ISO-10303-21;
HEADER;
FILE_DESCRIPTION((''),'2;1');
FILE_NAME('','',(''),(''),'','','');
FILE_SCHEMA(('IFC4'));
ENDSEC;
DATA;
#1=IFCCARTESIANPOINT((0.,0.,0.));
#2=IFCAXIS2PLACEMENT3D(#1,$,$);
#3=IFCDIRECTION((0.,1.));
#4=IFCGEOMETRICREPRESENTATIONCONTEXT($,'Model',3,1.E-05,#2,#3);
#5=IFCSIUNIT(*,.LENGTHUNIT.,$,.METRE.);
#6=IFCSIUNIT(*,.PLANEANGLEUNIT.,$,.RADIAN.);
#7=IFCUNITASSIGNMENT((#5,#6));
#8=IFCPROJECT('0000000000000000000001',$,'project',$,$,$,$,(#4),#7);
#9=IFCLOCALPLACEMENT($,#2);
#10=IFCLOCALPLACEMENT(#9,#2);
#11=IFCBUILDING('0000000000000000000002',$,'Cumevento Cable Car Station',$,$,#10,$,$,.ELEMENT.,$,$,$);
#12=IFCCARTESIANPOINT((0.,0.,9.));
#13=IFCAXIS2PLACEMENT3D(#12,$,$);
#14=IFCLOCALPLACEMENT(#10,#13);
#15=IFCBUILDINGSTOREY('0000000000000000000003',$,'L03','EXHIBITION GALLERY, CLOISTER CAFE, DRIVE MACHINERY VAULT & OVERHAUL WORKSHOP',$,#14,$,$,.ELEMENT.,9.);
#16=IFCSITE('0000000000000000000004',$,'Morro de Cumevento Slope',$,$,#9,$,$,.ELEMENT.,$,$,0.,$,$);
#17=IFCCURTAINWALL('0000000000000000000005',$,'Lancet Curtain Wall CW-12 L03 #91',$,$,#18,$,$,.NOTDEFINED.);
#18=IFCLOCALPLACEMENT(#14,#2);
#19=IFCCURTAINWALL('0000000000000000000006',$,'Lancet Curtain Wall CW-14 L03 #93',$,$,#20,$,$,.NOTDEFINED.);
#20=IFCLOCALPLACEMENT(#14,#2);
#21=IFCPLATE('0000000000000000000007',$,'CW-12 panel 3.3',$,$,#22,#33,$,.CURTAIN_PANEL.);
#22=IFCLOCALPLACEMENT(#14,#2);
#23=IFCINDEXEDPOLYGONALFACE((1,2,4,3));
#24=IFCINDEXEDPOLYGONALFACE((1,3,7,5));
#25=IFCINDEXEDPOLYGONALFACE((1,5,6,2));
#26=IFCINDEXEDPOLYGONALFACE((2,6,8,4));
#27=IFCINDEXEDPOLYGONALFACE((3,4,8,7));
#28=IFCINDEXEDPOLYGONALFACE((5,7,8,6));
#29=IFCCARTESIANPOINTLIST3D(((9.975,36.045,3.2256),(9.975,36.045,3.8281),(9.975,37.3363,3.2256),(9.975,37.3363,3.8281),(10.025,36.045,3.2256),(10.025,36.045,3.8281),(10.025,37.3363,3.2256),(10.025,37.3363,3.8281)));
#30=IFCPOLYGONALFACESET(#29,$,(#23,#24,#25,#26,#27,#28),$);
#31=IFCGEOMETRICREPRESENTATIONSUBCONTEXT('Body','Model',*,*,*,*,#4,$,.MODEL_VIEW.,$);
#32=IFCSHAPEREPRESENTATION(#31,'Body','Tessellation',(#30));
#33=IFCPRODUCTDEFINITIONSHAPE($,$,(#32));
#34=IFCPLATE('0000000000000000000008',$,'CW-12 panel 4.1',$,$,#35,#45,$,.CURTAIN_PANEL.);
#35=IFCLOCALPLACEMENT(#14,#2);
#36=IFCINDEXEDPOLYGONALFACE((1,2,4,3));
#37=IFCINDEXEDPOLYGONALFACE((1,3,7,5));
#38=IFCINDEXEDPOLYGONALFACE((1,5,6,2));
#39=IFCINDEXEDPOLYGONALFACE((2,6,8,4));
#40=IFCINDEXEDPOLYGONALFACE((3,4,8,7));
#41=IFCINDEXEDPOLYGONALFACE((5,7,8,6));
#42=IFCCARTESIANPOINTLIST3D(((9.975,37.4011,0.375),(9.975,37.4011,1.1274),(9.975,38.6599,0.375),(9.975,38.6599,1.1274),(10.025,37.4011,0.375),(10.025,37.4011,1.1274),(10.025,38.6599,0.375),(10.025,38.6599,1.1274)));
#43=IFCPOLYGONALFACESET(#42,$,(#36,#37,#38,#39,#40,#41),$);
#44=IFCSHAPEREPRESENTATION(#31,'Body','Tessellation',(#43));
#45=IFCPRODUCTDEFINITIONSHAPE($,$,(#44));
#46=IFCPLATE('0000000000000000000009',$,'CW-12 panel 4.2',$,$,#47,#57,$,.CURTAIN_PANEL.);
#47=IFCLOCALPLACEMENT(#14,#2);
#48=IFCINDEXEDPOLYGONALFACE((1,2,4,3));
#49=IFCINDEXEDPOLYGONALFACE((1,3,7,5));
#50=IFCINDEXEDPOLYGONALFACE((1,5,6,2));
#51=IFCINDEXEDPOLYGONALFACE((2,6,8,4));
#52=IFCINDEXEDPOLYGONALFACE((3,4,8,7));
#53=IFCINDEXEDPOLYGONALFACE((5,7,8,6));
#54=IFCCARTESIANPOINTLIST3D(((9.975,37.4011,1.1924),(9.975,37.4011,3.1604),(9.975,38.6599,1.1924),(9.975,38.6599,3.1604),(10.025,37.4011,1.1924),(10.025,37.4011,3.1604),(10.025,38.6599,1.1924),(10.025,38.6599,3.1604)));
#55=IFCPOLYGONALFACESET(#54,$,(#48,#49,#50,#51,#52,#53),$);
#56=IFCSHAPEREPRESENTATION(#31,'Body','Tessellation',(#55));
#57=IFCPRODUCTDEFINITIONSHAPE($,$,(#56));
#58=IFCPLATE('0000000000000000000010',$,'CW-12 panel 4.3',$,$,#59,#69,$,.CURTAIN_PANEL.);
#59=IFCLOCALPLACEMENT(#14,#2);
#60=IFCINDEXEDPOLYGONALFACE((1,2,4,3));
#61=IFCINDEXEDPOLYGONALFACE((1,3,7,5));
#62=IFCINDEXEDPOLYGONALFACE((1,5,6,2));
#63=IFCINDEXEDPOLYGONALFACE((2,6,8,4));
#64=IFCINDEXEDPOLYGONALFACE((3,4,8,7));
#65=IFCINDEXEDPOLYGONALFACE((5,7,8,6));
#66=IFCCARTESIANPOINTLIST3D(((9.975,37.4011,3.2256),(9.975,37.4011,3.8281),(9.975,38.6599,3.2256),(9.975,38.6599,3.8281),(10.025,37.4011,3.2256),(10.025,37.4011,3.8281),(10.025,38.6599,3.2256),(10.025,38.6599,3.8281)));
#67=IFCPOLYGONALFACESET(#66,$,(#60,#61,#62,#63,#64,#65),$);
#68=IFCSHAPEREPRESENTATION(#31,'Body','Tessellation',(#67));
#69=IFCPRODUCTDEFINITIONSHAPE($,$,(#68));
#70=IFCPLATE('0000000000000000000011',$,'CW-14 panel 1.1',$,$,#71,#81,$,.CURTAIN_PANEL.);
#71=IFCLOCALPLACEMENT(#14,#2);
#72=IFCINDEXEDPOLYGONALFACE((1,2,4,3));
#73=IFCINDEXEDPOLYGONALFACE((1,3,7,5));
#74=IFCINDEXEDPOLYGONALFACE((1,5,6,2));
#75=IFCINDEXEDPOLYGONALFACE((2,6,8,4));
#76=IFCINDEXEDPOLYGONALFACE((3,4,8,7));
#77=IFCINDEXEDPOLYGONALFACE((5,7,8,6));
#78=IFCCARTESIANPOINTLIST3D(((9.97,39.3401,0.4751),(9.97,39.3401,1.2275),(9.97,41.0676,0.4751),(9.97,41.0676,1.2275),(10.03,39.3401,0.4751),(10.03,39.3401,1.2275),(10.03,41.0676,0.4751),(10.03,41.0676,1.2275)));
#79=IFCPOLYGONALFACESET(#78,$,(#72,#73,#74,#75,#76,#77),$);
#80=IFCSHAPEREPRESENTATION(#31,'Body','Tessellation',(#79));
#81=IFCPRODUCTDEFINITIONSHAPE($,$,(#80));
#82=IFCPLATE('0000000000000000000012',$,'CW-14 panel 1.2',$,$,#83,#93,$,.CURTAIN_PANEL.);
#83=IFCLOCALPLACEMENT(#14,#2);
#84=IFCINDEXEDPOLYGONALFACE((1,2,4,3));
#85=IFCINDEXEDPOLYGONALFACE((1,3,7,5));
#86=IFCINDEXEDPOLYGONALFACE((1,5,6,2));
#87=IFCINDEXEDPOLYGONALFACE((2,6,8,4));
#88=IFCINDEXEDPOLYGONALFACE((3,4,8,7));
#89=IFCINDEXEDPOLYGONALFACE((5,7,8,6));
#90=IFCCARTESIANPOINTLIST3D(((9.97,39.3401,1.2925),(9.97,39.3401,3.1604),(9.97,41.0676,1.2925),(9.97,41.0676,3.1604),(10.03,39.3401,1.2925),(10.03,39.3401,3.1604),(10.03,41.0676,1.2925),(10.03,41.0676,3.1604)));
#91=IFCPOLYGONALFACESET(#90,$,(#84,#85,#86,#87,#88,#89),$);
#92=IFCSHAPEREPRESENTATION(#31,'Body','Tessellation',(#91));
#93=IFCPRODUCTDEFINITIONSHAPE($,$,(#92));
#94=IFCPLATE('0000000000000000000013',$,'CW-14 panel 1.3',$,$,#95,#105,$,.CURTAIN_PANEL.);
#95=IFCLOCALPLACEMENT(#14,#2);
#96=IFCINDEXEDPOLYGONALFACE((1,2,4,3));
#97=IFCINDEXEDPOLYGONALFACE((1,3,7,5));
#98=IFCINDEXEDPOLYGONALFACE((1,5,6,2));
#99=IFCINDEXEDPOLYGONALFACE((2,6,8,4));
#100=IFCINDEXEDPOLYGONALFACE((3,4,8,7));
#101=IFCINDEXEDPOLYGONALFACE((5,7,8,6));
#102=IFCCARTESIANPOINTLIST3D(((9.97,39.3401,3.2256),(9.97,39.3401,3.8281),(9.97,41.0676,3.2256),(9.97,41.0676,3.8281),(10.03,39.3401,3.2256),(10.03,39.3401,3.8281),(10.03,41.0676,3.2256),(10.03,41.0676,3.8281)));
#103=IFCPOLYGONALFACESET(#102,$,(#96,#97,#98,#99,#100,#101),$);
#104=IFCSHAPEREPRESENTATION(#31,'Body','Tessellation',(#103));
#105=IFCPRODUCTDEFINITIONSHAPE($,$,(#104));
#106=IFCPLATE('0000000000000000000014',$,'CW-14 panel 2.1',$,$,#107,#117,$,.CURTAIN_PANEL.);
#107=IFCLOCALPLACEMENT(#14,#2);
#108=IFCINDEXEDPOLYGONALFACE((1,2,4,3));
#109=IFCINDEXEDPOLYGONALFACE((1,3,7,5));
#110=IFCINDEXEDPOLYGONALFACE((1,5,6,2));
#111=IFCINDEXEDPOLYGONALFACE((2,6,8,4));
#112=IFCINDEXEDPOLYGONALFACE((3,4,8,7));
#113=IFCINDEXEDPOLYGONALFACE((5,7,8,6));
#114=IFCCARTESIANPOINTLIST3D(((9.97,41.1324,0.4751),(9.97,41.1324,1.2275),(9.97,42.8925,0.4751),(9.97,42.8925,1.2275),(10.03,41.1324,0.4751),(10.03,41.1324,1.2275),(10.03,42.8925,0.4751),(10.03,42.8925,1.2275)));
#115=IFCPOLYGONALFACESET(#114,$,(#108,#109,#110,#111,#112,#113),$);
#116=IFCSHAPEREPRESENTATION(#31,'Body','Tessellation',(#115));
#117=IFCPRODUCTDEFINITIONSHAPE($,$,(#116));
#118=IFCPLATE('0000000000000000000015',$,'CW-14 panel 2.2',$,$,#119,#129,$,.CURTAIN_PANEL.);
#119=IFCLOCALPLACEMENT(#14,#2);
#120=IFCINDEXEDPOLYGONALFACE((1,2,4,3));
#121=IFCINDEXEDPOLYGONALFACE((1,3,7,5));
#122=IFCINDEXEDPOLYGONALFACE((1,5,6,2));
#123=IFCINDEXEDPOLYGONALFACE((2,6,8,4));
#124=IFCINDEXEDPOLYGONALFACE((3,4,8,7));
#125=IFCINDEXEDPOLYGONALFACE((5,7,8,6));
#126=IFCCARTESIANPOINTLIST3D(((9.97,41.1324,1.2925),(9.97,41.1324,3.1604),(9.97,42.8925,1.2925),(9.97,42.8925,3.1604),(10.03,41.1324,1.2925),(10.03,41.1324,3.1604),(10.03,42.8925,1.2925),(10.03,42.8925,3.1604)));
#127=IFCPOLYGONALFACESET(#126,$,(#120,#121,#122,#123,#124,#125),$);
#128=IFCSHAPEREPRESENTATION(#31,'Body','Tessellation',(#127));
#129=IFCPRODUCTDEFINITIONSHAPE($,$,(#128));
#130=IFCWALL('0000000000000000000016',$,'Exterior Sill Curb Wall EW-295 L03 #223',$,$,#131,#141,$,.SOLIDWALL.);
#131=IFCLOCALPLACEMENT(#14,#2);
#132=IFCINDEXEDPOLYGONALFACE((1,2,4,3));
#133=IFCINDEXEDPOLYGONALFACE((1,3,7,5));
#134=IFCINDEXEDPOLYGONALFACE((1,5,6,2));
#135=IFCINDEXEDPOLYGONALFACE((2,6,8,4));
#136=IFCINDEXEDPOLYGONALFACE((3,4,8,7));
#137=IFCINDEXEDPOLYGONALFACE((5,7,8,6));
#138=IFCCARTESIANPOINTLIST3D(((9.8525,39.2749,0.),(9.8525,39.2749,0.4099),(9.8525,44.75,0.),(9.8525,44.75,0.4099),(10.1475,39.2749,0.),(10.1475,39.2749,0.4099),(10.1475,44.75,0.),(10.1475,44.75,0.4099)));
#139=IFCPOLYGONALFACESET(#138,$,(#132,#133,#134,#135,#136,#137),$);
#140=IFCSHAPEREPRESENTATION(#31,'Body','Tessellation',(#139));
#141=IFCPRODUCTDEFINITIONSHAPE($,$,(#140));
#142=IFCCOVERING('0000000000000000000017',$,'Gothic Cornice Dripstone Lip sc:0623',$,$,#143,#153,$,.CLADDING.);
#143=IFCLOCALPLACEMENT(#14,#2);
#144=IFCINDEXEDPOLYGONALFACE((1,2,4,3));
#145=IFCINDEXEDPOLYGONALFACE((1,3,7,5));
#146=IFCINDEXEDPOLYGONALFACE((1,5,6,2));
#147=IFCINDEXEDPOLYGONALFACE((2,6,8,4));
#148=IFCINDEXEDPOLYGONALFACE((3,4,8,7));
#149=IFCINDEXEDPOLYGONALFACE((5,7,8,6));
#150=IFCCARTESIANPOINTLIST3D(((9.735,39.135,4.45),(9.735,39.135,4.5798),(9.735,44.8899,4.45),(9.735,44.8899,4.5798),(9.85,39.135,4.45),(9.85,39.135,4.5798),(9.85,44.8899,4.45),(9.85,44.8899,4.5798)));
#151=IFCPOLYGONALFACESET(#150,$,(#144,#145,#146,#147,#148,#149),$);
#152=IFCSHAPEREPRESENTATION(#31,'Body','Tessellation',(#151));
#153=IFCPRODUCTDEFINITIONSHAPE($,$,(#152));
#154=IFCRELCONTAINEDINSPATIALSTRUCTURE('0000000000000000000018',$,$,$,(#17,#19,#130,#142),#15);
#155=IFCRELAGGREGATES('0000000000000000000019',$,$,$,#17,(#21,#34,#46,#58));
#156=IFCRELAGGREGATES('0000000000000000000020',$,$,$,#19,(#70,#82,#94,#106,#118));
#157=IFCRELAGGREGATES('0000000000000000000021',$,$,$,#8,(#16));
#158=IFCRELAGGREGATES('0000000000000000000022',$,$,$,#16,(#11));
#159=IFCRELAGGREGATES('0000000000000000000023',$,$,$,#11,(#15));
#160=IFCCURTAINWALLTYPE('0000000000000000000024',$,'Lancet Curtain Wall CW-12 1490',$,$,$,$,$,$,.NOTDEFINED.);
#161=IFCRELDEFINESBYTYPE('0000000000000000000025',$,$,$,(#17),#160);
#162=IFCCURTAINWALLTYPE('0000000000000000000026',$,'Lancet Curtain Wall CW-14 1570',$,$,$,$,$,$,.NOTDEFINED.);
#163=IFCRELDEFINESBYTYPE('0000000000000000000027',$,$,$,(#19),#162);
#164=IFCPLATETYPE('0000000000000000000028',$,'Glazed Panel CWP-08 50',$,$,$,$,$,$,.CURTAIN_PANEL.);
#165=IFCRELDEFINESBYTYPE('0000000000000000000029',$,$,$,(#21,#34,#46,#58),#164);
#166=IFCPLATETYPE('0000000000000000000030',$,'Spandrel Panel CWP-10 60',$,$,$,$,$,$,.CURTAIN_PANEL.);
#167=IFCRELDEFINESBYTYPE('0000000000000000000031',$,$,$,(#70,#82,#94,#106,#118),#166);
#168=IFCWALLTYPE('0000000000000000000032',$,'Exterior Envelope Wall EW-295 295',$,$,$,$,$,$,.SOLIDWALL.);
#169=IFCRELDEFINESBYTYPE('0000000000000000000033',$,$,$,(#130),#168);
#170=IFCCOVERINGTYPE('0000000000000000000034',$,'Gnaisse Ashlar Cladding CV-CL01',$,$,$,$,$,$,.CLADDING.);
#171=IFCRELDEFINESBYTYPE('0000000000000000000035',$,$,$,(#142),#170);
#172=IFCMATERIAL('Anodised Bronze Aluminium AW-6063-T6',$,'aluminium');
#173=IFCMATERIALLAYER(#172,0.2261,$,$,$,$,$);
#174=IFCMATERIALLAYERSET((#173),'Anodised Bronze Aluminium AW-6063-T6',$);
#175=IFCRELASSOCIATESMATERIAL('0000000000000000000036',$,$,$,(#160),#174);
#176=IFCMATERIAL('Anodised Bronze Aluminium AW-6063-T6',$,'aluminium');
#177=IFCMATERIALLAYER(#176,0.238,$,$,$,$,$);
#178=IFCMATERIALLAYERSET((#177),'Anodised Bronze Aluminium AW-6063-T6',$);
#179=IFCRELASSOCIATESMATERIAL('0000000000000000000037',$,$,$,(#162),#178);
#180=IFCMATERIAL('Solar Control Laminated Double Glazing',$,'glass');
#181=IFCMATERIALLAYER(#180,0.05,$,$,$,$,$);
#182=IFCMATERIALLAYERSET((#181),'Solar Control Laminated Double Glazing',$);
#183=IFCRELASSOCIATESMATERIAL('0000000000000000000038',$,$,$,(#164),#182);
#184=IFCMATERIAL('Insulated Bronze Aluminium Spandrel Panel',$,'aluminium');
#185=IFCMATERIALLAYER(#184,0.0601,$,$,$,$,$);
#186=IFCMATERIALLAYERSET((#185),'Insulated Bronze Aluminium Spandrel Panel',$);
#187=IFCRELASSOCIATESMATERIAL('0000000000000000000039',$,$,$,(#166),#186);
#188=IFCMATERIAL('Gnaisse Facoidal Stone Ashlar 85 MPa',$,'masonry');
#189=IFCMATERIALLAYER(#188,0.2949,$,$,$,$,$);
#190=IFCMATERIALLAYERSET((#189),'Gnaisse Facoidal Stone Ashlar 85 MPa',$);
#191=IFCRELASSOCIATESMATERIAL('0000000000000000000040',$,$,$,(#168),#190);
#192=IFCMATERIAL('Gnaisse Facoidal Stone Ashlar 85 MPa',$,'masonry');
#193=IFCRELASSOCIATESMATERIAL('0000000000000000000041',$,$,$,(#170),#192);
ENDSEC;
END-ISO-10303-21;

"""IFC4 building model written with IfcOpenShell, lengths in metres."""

from ifc_helpers import new_model, si_unit, direction, frame, frame_2d, origin, origin_2d, place, context, subcontext, project, spatial, rectangle, extrude, material, layer, layer_set, type_object, element, aggregate, save


model = new_model("IFC4")

# Units and contexts
model_context = context("Model", 3, precision=1e-05, world=origin(), true_north=direction((0.0, 1.0)))
body_context = subcontext(model_context, "Body", "Model", "MODEL_VIEW")
ifc_project = project(units=[si_unit("LENGTHUNIT", "METRE"), si_unit("PLANEANGLEUNIT", "RADIAN")], contexts=[model_context])

# Site, building, storey
site_placement = place(None, origin())
site = spatial("IfcSite", under=ifc_project, at=site_placement, Name="Morro de Cumevento Slope", CompositionType="ELEMENT", RefElevation=0.0)
building_placement = place(site_placement, origin())
building = spatial("IfcBuilding", under=site, at=building_placement, Name="Cumevento Cable Car Station", CompositionType="ELEMENT")
storey_placement = place(building_placement, frame((0.0, 0.0, 9.0)))
storey = spatial("IfcBuildingStorey", under=building, at=storey_placement, Name="L03", Description="EXHIBITION GALLERY, CLOISTER CAFE, DRIVE MACHINERY VAULT & OVERHAUL WORKSHOP", CompositionType="ELEMENT", Elevation=9.0)

# Curtain walls
ifc_material_1 = material(Name="Anodised Bronze Aluminium AW-6063-T6", Category="aluminium")
ifc_layer_1 = layer(ifc_material_1, 0.2261)
ifc_layer_set_1 = layer_set([ifc_layer_1], Name="Anodised Bronze Aluminium AW-6063-T6")
curtain_wall_type_1 = type_object("IfcCurtainWallType", Name="Lancet Curtain Wall CW-12 1490", PredefinedType="NOTDEFINED", material=ifc_layer_set_1)
curtain_wall_1_placement = place(storey_placement, origin())
curtain_wall_1 = element("IfcCurtainWall", 1, at=curtain_wall_1_placement, inside=storey, type_object=curtain_wall_type_1, Name="Lancet Curtain Wall CW-12 L03 #91", PredefinedType="NOTDEFINED")
ifc_material_2 = material(Name="Anodised Bronze Aluminium AW-6063-T6", Category="aluminium")
ifc_layer_2 = layer(ifc_material_2, 0.238)
ifc_layer_set_2 = layer_set([ifc_layer_2], Name="Anodised Bronze Aluminium AW-6063-T6")
curtain_wall_type_2 = type_object("IfcCurtainWallType", Name="Lancet Curtain Wall CW-14 1570", PredefinedType="NOTDEFINED", material=ifc_layer_set_2)
curtain_wall_2_placement = place(storey_placement, origin())
curtain_wall_2 = element("IfcCurtainWall", 2, at=curtain_wall_2_placement, inside=storey, type_object=curtain_wall_type_2, Name="Lancet Curtain Wall CW-14 L03 #93", PredefinedType="NOTDEFINED")

# Plates
ifc_material_3 = material(Name="Solar Control Laminated Double Glazing", Category="glass")
ifc_layer_3 = layer(ifc_material_3, 0.05)
ifc_layer_set_3 = layer_set([ifc_layer_3], Name="Solar Control Laminated Double Glazing")
plate_type_1 = type_object("IfcPlateType", Name="Glazed Panel CWP-08 50", PredefinedType="CURTAIN_PANEL", material=ifc_layer_set_3)
plate_1_placement = place(storey_placement, frame((10.0, 36.6907, 3.2256), z_axis=(0.0, 0.0, 1.0), x_axis=(0.0, 1.0, 0.0)))
plate_1 = element("IfcPlate", 3, at=plate_1_placement, type_object=plate_type_1, Name="CW-12 panel 3.3", PredefinedType="CURTAIN_PANEL", context=body_context, shape_type="SweptSolid", body=[
    extrude(rectangle(XDim=1.2913, YDim=0.05, at=origin_2d()), origin(), (0.0, 0.0, 1.0), 0.6025),
])
plate_2_placement = place(storey_placement, frame((10.0, 38.0305, 0.375), z_axis=(0.0, 0.0, 1.0), x_axis=(0.0, 1.0, 0.0)))
plate_2 = element("IfcPlate", 4, at=plate_2_placement, type_object=plate_type_1, Name="CW-12 panel 4.1", PredefinedType="CURTAIN_PANEL", context=body_context, shape_type="SweptSolid", body=[
    extrude(rectangle(XDim=1.2588, YDim=0.05, at=origin_2d()), origin(), (0.0, 0.0, 1.0), 0.7524),
])
plate_3_placement = place(storey_placement, frame((10.0, 38.0305, 1.1924), z_axis=(0.0, 0.0, 1.0), x_axis=(0.0, 1.0, 0.0)))
plate_3 = element("IfcPlate", 5, at=plate_3_placement, type_object=plate_type_1, Name="CW-12 panel 4.2", PredefinedType="CURTAIN_PANEL", context=body_context, shape_type="SweptSolid", body=[
    extrude(rectangle(XDim=1.2588, YDim=0.05, at=origin_2d()), origin(), (0.0, 0.0, 1.0), 1.968),
])
plate_4_placement = place(storey_placement, frame((10.0, 38.0305, 3.2256), z_axis=(0.0, 0.0, 1.0), x_axis=(0.0, 1.0, 0.0)))
plate_4 = element("IfcPlate", 6, at=plate_4_placement, type_object=plate_type_1, Name="CW-12 panel 4.3", PredefinedType="CURTAIN_PANEL", context=body_context, shape_type="SweptSolid", body=[
    extrude(rectangle(XDim=1.2588, YDim=0.05, at=origin_2d()), origin(), (0.0, 0.0, 1.0), 0.6025),
])
aggregate(curtain_wall_1, [plate_1, plate_2, plate_3, plate_4])
ifc_material_4 = material(Name="Insulated Bronze Aluminium Spandrel Panel", Category="aluminium")
ifc_layer_4 = layer(ifc_material_4, 0.0601)
ifc_layer_set_4 = layer_set([ifc_layer_4], Name="Insulated Bronze Aluminium Spandrel Panel")
plate_type_2 = type_object("IfcPlateType", Name="Spandrel Panel CWP-10 60", PredefinedType="CURTAIN_PANEL", material=ifc_layer_set_4)
plate_5_placement = place(storey_placement, frame((10.0, 40.2039, 0.4751), z_axis=(0.0, 0.0, 1.0), x_axis=(0.0, 1.0, 0.0)))
plate_5 = element("IfcPlate", 7, at=plate_5_placement, type_object=plate_type_2, Name="CW-14 panel 1.1", PredefinedType="CURTAIN_PANEL", context=body_context, shape_type="SweptSolid", body=[
    extrude(rectangle(XDim=1.7275, YDim=0.0601, at=origin_2d()), origin(), (0.0, 0.0, 1.0), 0.7524),
])
plate_6_placement = place(storey_placement, frame((10.0, 40.2039, 1.2925), z_axis=(0.0, 0.0, 1.0), x_axis=(0.0, 1.0, 0.0)))
plate_6 = element("IfcPlate", 8, at=plate_6_placement, type_object=plate_type_2, Name="CW-14 panel 1.2", PredefinedType="CURTAIN_PANEL", context=body_context, shape_type="SweptSolid", body=[
    extrude(rectangle(XDim=1.7275, YDim=0.0601, at=origin_2d()), origin(), (0.0, 0.0, 1.0), 1.8679),
])
plate_7_placement = place(storey_placement, frame((10.0, 40.2039, 3.2256), z_axis=(0.0, 0.0, 1.0), x_axis=(0.0, 1.0, 0.0)))
plate_7 = element("IfcPlate", 9, at=plate_7_placement, type_object=plate_type_2, Name="CW-14 panel 1.3", PredefinedType="CURTAIN_PANEL", context=body_context, shape_type="SweptSolid", body=[
    extrude(rectangle(XDim=1.7275, YDim=0.0601, at=origin_2d()), origin(), (0.0, 0.0, 1.0), 0.6025),
])
plate_8_placement = place(storey_placement, frame((10.0, 42.0125, 0.4751), z_axis=(0.0, 0.0, 1.0), x_axis=(0.0, 1.0, 0.0)))
plate_8 = element("IfcPlate", 10, at=plate_8_placement, type_object=plate_type_2, Name="CW-14 panel 2.1", PredefinedType="CURTAIN_PANEL", context=body_context, shape_type="SweptSolid", body=[
    extrude(rectangle(XDim=1.76, YDim=0.0601, at=origin_2d()), origin(), (0.0, 0.0, 1.0), 0.7524),
])
plate_9_placement = place(storey_placement, frame((10.0, 42.0125, 1.2925), z_axis=(0.0, 0.0, 1.0), x_axis=(0.0, 1.0, 0.0)))
plate_9 = element("IfcPlate", 11, at=plate_9_placement, type_object=plate_type_2, Name="CW-14 panel 2.2", PredefinedType="CURTAIN_PANEL", context=body_context, shape_type="SweptSolid", body=[
    extrude(rectangle(XDim=1.76, YDim=0.0601, at=origin_2d()), origin(), (0.0, 0.0, 1.0), 1.8679),
])
aggregate(curtain_wall_2, [plate_5, plate_6, plate_7, plate_8, plate_9])

# Wall
ifc_material_5 = material(Name="Gnaisse Facoidal Stone Ashlar 85 MPa", Category="masonry")
ifc_layer_5 = layer(ifc_material_5, 0.2949)
ifc_layer_set_5 = layer_set([ifc_layer_5], Name="Gnaisse Facoidal Stone Ashlar 85 MPa")
wall_type = type_object("IfcWallType", Name="Exterior Envelope Wall EW-295 295", PredefinedType="SOLIDWALL", material=ifc_layer_set_5)
wall_placement = place(storey_placement, frame((10.0, 39.2749, 0.0), z_axis=(0.0, 0.0, 1.0), x_axis=(0.0, 1.0, 0.0)))
element("IfcWall", 12, at=wall_placement, inside=storey, type_object=wall_type, Name="Exterior Sill Curb Wall EW-295 L03 #223", PredefinedType="SOLIDWALL", context=body_context, shape_type="SweptSolid", body=[
    extrude(rectangle(XDim=5.4751, YDim=0.2949, at=frame_2d((2.7375, 0.0))), origin(), (0.0, 0.0, 1.0), 0.4099),
])

# Covering
ifc_material_6 = material(Name="Gnaisse Facoidal Stone Ashlar 85 MPa", Category="masonry")
covering_type = type_object("IfcCoveringType", Name="Gnaisse Ashlar Cladding CV-CL01", PredefinedType="CLADDING", material=ifc_material_6)
covering_1_placement = place(storey_placement, frame((9.7925, 42.0125, 4.45), z_axis=(0.0, 0.0, 1.0), x_axis=(0.0, 1.0, 0.0)))
element("IfcCovering", 13, at=covering_1_placement, inside=storey, type_object=covering_type, Name="Gothic Cornice Dripstone Lip sc:0623", PredefinedType="CLADDING", context=body_context, shape_type="SweptSolid", body=[
    extrude(rectangle(XDim=5.7549, YDim=0.115, at=origin_2d()), origin(), (0.0, 0.0, 1.0), 0.1299),
])

save(model, "model.ifc")
